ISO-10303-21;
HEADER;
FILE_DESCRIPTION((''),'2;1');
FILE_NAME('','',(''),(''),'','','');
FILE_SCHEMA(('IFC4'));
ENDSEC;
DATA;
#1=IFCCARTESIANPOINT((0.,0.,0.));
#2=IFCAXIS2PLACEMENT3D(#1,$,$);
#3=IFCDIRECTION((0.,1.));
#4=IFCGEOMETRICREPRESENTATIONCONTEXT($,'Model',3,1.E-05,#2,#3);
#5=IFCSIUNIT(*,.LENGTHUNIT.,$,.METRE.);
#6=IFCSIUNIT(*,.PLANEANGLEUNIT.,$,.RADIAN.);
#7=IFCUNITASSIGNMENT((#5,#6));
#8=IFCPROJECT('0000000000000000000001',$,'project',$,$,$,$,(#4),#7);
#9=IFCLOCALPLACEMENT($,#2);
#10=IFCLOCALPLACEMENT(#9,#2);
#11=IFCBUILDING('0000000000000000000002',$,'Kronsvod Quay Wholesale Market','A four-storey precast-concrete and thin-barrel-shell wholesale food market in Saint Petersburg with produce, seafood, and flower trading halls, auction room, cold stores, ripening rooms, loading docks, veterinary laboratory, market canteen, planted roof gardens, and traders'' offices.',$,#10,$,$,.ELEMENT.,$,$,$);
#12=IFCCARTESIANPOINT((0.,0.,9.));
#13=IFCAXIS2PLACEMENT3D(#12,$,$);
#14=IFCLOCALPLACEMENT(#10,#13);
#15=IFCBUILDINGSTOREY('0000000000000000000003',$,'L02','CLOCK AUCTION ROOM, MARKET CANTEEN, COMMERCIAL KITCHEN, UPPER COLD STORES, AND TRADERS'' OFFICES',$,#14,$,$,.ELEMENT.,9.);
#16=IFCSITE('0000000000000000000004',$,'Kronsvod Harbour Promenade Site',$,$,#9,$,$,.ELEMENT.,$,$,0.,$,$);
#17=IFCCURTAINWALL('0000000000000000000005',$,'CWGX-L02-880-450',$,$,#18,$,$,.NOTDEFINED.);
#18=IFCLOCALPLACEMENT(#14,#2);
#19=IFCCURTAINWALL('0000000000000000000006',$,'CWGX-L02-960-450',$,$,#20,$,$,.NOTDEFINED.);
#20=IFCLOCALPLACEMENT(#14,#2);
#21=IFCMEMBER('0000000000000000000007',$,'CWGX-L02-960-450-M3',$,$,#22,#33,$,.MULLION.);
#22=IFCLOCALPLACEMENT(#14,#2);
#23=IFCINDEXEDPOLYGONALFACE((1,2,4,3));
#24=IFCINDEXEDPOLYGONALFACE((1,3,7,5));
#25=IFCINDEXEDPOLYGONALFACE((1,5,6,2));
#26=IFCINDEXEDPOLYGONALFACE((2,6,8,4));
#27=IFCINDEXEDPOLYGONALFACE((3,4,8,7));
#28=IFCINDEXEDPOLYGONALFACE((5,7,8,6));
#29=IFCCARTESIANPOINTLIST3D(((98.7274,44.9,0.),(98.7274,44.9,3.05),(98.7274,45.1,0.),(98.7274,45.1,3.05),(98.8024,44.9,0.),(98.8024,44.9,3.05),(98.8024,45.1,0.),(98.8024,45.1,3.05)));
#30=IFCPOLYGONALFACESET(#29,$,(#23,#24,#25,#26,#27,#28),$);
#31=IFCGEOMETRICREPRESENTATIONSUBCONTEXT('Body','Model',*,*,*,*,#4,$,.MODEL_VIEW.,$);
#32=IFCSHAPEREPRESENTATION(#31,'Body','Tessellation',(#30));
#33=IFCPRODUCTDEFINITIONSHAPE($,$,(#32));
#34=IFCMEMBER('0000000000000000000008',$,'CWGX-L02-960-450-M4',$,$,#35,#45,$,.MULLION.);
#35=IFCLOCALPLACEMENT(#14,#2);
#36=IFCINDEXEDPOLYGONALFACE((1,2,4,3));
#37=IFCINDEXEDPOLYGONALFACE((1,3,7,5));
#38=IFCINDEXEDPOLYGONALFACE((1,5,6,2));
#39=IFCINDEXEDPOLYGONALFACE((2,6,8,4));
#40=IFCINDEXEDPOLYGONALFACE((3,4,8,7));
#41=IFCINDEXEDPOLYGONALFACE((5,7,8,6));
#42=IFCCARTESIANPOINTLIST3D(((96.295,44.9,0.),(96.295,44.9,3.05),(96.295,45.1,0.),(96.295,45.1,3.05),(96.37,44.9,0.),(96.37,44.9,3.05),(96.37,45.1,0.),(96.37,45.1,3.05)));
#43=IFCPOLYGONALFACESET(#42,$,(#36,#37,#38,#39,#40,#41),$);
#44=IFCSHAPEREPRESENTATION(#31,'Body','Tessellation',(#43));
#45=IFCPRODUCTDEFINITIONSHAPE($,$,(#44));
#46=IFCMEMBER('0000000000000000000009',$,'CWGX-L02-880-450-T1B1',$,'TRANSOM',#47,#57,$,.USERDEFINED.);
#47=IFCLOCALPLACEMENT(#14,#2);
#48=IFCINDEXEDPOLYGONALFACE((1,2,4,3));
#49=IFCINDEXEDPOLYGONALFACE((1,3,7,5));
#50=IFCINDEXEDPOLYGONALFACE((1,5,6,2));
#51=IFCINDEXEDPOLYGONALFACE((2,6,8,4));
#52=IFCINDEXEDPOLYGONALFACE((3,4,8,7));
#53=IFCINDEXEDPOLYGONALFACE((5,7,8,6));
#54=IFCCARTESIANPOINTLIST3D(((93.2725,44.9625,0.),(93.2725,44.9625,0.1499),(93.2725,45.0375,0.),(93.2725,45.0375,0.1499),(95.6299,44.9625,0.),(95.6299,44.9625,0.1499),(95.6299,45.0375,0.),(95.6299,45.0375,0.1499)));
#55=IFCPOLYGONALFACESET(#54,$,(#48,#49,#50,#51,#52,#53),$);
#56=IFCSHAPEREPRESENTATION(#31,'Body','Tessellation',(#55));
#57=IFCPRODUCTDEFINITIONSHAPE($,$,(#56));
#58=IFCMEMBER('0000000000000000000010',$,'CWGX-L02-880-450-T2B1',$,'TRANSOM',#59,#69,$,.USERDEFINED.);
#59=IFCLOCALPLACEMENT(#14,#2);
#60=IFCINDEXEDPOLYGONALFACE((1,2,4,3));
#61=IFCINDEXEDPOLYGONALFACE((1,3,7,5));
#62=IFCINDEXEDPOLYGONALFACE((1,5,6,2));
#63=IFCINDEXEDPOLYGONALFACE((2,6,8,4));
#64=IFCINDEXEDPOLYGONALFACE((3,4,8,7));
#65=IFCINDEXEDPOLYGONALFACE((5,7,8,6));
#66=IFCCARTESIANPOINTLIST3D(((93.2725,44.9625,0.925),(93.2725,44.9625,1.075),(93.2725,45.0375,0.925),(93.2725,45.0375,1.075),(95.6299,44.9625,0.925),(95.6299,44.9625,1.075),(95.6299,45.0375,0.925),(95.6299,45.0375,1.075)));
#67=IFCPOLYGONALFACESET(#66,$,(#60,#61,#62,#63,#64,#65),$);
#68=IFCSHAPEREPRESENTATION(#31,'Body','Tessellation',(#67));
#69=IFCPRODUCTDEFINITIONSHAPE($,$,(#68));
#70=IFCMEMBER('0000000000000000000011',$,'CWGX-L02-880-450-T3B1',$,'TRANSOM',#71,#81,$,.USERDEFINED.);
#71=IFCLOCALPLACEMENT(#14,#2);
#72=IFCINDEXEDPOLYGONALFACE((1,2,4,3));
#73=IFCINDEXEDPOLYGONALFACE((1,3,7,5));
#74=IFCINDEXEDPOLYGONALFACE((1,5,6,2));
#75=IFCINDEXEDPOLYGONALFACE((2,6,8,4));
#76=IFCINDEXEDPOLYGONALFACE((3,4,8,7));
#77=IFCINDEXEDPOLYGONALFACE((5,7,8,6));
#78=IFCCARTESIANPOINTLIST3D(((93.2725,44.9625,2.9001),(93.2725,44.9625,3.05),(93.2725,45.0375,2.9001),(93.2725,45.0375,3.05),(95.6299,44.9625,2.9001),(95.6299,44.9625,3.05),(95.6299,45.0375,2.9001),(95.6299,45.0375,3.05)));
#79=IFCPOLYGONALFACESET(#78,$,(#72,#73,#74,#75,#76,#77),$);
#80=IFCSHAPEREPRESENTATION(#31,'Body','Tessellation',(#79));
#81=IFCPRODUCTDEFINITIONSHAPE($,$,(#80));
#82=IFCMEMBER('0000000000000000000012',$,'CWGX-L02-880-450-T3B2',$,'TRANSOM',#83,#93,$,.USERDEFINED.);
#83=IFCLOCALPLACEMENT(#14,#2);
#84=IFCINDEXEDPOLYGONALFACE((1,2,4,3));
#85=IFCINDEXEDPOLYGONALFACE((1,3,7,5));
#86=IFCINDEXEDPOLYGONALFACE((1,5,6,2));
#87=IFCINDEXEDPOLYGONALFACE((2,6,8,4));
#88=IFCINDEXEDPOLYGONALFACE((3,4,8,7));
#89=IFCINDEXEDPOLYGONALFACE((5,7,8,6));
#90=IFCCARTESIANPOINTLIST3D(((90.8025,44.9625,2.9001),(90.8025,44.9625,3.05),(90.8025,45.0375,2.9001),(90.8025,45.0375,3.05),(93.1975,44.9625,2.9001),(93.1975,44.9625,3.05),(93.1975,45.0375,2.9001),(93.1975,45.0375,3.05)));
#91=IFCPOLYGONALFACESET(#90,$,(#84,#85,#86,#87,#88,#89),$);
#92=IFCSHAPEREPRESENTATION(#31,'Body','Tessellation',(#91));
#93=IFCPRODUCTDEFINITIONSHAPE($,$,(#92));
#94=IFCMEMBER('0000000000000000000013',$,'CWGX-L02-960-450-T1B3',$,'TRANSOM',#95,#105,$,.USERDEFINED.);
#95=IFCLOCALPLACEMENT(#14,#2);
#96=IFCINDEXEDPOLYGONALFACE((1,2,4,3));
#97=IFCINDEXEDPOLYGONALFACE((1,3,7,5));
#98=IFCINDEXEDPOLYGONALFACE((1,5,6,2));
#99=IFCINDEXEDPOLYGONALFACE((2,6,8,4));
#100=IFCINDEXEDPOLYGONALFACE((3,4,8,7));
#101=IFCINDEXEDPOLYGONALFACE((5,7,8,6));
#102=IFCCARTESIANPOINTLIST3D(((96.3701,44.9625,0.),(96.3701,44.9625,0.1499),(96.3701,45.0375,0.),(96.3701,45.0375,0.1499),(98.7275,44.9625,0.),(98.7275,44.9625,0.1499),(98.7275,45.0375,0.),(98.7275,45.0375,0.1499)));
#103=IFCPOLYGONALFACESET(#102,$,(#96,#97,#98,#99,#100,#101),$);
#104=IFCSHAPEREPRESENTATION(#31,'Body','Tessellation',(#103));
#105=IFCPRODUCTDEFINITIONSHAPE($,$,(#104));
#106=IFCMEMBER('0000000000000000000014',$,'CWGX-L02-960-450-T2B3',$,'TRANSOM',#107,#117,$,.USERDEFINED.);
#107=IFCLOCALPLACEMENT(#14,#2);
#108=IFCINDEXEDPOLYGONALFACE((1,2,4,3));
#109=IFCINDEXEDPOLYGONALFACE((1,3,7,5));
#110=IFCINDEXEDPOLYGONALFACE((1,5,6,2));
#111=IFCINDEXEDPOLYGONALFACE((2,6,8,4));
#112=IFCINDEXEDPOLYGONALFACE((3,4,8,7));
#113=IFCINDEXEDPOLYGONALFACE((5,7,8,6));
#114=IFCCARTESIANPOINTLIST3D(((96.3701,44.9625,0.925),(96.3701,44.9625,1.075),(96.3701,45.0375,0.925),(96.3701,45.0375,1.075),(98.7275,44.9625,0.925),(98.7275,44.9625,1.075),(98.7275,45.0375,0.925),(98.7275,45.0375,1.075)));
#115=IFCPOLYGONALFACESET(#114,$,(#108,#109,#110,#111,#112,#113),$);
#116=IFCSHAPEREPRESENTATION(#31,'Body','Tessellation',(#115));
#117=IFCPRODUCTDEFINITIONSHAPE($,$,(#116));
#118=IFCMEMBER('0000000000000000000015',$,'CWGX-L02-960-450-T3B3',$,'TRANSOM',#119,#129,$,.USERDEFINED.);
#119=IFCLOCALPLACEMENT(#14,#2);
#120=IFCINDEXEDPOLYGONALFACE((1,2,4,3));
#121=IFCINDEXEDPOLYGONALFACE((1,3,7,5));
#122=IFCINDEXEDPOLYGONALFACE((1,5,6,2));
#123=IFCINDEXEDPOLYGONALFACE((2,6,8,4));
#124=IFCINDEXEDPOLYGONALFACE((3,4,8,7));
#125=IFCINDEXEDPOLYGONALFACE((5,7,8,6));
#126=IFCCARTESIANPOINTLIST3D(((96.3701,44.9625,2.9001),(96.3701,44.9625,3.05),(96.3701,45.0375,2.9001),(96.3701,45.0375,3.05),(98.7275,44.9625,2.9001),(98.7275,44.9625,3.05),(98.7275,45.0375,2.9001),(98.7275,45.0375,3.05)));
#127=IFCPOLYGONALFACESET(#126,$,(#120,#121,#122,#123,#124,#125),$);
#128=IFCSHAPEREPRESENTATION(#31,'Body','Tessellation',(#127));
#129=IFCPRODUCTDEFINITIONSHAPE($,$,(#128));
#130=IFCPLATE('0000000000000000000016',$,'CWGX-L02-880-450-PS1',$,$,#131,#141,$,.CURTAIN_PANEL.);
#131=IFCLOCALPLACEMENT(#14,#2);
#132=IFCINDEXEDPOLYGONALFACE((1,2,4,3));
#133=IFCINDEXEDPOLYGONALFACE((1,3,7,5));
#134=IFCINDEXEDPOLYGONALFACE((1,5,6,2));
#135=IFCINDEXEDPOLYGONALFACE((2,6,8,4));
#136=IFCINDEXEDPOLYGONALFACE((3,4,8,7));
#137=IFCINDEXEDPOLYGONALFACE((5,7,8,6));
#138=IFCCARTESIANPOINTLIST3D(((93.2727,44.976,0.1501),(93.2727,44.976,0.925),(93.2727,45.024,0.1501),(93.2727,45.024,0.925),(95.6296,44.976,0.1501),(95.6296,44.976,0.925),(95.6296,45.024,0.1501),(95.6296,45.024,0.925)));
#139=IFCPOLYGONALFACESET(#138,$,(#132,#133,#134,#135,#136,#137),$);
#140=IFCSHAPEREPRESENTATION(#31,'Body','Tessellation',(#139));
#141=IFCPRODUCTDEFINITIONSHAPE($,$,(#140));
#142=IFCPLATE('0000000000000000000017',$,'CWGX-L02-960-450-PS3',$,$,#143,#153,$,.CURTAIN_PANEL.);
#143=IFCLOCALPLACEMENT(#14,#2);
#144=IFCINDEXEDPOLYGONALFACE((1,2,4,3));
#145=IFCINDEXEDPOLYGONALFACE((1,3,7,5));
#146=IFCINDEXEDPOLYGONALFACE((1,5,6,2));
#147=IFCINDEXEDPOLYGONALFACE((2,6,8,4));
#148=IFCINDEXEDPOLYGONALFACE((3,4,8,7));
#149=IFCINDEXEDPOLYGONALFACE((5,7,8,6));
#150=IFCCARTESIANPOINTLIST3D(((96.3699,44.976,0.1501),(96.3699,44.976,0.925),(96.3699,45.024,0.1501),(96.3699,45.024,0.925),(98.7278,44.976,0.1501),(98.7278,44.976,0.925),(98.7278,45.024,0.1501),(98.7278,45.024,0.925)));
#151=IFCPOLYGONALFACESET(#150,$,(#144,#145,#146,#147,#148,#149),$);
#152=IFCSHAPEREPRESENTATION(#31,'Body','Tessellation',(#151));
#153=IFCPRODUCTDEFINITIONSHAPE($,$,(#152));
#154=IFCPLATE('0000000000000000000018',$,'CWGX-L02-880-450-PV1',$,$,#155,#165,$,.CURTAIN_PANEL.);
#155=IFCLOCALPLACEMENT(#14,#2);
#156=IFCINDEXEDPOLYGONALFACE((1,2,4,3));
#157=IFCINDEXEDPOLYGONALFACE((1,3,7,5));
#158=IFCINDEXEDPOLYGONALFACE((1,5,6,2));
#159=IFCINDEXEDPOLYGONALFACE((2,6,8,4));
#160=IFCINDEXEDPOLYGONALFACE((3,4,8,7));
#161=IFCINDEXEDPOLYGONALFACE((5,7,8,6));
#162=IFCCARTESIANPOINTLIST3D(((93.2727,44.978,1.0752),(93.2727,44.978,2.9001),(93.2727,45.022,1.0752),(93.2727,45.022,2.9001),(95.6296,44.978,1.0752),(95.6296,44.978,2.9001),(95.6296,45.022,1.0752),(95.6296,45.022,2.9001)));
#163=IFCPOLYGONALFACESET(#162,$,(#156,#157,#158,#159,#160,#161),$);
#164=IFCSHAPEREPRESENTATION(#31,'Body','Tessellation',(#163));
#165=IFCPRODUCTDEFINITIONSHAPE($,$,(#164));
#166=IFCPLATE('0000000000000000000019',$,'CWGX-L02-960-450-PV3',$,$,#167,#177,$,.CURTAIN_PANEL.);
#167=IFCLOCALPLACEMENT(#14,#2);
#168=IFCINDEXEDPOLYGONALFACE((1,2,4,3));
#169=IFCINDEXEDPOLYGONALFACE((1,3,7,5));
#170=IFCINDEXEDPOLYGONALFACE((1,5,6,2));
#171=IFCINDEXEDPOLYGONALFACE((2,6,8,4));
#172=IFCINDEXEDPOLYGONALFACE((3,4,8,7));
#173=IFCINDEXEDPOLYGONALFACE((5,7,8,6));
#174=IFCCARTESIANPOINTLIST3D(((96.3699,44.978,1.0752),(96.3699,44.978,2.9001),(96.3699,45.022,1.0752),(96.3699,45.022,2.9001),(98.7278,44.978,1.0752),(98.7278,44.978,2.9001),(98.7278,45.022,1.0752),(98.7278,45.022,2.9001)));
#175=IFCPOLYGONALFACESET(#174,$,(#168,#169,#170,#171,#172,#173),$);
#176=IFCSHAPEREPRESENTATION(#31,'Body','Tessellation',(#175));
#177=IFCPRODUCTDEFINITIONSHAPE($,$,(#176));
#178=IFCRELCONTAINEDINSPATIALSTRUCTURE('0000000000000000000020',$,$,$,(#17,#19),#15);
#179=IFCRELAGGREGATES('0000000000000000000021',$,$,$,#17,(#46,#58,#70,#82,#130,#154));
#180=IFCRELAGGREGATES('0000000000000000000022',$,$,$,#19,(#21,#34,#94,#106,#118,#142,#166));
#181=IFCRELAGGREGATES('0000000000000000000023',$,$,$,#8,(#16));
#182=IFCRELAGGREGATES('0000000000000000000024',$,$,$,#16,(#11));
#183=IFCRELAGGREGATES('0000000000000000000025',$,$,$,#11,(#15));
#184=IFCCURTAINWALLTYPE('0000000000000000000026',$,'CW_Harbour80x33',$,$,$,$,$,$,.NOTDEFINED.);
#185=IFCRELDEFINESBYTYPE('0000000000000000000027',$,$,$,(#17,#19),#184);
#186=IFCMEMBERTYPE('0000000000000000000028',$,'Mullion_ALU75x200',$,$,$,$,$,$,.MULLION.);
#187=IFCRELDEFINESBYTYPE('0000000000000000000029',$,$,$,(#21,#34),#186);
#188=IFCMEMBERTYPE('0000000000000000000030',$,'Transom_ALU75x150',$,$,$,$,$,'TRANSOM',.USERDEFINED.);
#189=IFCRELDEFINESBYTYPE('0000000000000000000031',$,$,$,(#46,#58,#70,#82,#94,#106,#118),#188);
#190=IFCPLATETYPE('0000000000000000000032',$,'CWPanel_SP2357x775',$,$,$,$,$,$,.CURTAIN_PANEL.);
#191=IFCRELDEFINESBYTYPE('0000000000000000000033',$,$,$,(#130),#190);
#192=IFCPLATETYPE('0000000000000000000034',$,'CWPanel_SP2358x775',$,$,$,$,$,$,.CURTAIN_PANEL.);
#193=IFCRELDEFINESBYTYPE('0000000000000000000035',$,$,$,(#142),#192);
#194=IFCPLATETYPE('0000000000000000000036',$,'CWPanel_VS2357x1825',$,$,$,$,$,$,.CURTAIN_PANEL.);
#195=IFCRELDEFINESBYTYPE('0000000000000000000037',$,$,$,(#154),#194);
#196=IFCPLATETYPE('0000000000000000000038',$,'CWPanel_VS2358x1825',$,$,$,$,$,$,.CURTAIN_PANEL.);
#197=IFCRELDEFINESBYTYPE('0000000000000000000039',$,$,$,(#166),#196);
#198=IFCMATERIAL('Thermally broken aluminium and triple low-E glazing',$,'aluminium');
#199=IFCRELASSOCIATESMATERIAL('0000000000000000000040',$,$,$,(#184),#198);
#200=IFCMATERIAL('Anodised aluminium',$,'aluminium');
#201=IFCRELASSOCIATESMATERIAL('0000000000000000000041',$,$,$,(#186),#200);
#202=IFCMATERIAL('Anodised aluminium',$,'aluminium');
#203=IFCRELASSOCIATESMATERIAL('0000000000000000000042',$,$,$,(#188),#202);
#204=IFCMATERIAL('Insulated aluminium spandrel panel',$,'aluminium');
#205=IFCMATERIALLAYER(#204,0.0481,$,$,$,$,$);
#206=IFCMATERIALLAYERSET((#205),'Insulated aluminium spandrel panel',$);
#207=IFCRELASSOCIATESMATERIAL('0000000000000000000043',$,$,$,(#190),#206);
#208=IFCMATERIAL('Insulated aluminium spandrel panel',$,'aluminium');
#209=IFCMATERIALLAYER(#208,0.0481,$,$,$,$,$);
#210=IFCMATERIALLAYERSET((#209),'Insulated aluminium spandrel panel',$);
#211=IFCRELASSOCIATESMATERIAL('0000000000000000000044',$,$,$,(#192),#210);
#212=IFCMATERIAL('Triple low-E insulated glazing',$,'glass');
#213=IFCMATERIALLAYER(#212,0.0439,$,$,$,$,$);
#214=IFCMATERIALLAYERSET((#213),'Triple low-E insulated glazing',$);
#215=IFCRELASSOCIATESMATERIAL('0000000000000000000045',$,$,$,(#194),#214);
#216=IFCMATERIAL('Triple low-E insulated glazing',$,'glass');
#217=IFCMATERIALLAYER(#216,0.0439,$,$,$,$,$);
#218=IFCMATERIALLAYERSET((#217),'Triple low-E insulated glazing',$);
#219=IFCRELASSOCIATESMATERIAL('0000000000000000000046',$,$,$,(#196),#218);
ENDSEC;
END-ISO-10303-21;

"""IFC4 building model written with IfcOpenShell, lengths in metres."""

from ifc_helpers import new_model, si_unit, direction, frame, origin, origin_2d, place, context, subcontext, project, spatial, rectangle, extrude, material, layer, layer_set, material_profile, profile_set, type_object, element, aggregate, save


model = new_model("IFC4")

# Units and contexts
model_context = context("Model", 3, precision=1e-05, world=origin(), true_north=direction((0.0, 1.0)))
body_context = subcontext(model_context, "Body", "Model", "MODEL_VIEW")
ifc_project = project(units=[si_unit("LENGTHUNIT", "METRE"), si_unit("PLANEANGLEUNIT", "RADIAN")], contexts=[model_context])

# Site, building, storey
site_placement = place(None, origin())
site = spatial("IfcSite", under=ifc_project, at=site_placement, Name="Kronsvod Harbour Promenade Site", CompositionType="ELEMENT", RefElevation=0.0)
building_placement = place(site_placement, origin())
building = spatial("IfcBuilding", under=site, at=building_placement, Name="Kronsvod Quay Wholesale Market", Description="A four-storey precast-concrete and thin-barrel-shell wholesale food market in Saint Petersburg with produce, seafood, and flower trading halls, auction room, cold stores, ripening rooms, loading docks, veterinary laboratory, market canteen, planted roof gardens, and traders' offices.", CompositionType="ELEMENT")
storey_placement = place(building_placement, frame((0.0, 0.0, 9.0)))
storey = spatial("IfcBuildingStorey", under=building, at=storey_placement, Name="L02", Description="CLOCK AUCTION ROOM, MARKET CANTEEN, COMMERCIAL KITCHEN, UPPER COLD STORES, AND TRADERS' OFFICES", CompositionType="ELEMENT", Elevation=9.0)

# Curtain walls, members
ifc_material_1 = material(Name="Thermally broken aluminium and triple low-E glazing", Category="aluminium")
curtain_wall_type = type_object("IfcCurtainWallType", Name="CW_Harbour80x33", PredefinedType="NOTDEFINED", material=ifc_material_1)
curtain_wall_1_placement = place(storey_placement, origin())
curtain_wall_1 = element("IfcCurtainWall", 1, at=curtain_wall_1_placement, inside=storey, type_object=curtain_wall_type, Name="CWGX-L02-880-450", PredefinedType="NOTDEFINED")
ifc_material_2 = material(Name="Anodised aluminium", Category="aluminium")
ifc_material_profile_1 = material_profile(ifc_material_2, rectangle(XDim=0.075, YDim=0.2, at=origin_2d()), Name="ALUM75x200")
ifc_profile_set_1 = profile_set([ifc_material_profile_1], Name="Anodised aluminium")
member_type_1 = type_object("IfcMemberType", Name="Mullion_ALU75x200", PredefinedType="MULLION", material=ifc_profile_set_1)
curtain_wall_2_placement = place(storey_placement, origin())
curtain_wall_2 = element("IfcCurtainWall", 2, at=curtain_wall_2_placement, inside=storey, type_object=curtain_wall_type, Name="CWGX-L02-960-450", PredefinedType="NOTDEFINED")
member_1_placement = place(storey_placement, frame((98.7649, 45.0, 0.0), z_axis=(0.0, 0.0, 1.0), x_axis=(1.0, 0.0, 0.0)))
member_1 = element("IfcMember", 3, at=member_1_placement, type_object=member_type_1, Name="CWGX-L02-960-450-M3", PredefinedType="MULLION", context=body_context, shape_type="SweptSolid", body=[
    extrude(rectangle(XDim=0.075, YDim=0.2, at=origin_2d()), origin(), (0.0, 0.0, 1.0), 3.05),
])
member_2_placement = place(storey_placement, frame((96.3325, 45.0, 0.0), z_axis=(0.0, 0.0, 1.0), x_axis=(1.0, 0.0, 0.0)))
member_2 = element("IfcMember", 4, at=member_2_placement, type_object=member_type_1, Name="CWGX-L02-960-450-M4", PredefinedType="MULLION", context=body_context, shape_type="SweptSolid", body=[
    extrude(rectangle(XDim=0.075, YDim=0.2, at=origin_2d()), origin(), (0.0, 0.0, 1.0), 3.05),
])

# Members
ifc_material_3 = material(Name="Anodised aluminium", Category="aluminium")
ifc_material_profile_2 = material_profile(ifc_material_3, rectangle(XDim=0.075, YDim=0.1499, at=origin_2d()), Name="ALUT75x150")
ifc_profile_set_2 = profile_set([ifc_material_profile_2], Name="Anodised aluminium")
member_type_2 = type_object("IfcMemberType", Name="Transom_ALU75x150", ElementType="TRANSOM", PredefinedType="USERDEFINED", material=ifc_profile_set_2)
member_3_placement = place(storey_placement, frame((95.6299, 45.0, 0.075), z_axis=(-1.0, 0.0, 0.0), x_axis=(0.0, -1.0, 0.0)))
member_3 = element("IfcMember", 5, at=member_3_placement, type_object=member_type_2, Name="CWGX-L02-880-450-T1B1", ObjectType="TRANSOM", PredefinedType="USERDEFINED", context=body_context, shape_type="SweptSolid", body=[
    extrude(rectangle(XDim=0.075, YDim=0.1499, at=origin_2d()), origin(), (0.0, 0.0, 1.0), 2.3574),
])
member_4_placement = place(storey_placement, frame((95.6299, 45.0, 1.0), z_axis=(-1.0, 0.0, 0.0), x_axis=(0.0, -1.0, 0.0)))
member_4 = element("IfcMember", 6, at=member_4_placement, type_object=member_type_2, Name="CWGX-L02-880-450-T2B1", ObjectType="TRANSOM", PredefinedType="USERDEFINED", context=body_context, shape_type="SweptSolid", body=[
    extrude(rectangle(XDim=0.075, YDim=0.1499, at=origin_2d()), origin(), (0.0, 0.0, 1.0), 2.3574),
])
member_5_placement = place(storey_placement, frame((95.6299, 45.0, 2.9751), z_axis=(-1.0, 0.0, 0.0), x_axis=(0.0, -1.0, 0.0)))
member_5 = element("IfcMember", 7, at=member_5_placement, type_object=member_type_2, Name="CWGX-L02-880-450-T3B1", ObjectType="TRANSOM", PredefinedType="USERDEFINED", context=body_context, shape_type="SweptSolid", body=[
    extrude(rectangle(XDim=0.075, YDim=0.1499, at=origin_2d()), origin(), (0.0, 0.0, 1.0), 2.3574),
])
member_6_placement = place(storey_placement, frame((93.1975, 45.0, 2.9751), z_axis=(-1.0, 0.0, 0.0), x_axis=(0.0, -1.0, 0.0)))
member_6 = element("IfcMember", 8, at=member_6_placement, type_object=member_type_2, Name="CWGX-L02-880-450-T3B2", ObjectType="TRANSOM", PredefinedType="USERDEFINED", context=body_context, shape_type="SweptSolid", body=[
    extrude(rectangle(XDim=0.075, YDim=0.1499, at=origin_2d()), origin(), (0.0, 0.0, 1.0), 2.395),
])
member_7_placement = place(storey_placement, frame((98.7275, 45.0, 0.075), z_axis=(-1.0, 0.0, 0.0), x_axis=(0.0, -1.0, 0.0)))
member_7 = element("IfcMember", 9, at=member_7_placement, type_object=member_type_2, Name="CWGX-L02-960-450-T1B3", ObjectType="TRANSOM", PredefinedType="USERDEFINED", context=body_context, shape_type="SweptSolid", body=[
    extrude(rectangle(XDim=0.075, YDim=0.1499, at=origin_2d()), origin(), (0.0, 0.0, 1.0), 2.3574),
])
member_8_placement = place(storey_placement, frame((98.7275, 45.0, 1.0), z_axis=(-1.0, 0.0, 0.0), x_axis=(0.0, -1.0, 0.0)))
member_8 = element("IfcMember", 10, at=member_8_placement, type_object=member_type_2, Name="CWGX-L02-960-450-T2B3", ObjectType="TRANSOM", PredefinedType="USERDEFINED", context=body_context, shape_type="SweptSolid", body=[
    extrude(rectangle(XDim=0.075, YDim=0.1499, at=origin_2d()), origin(), (0.0, 0.0, 1.0), 2.3574),
])
member_9_placement = place(storey_placement, frame((98.7275, 45.0, 2.9751), z_axis=(-1.0, 0.0, 0.0), x_axis=(0.0, -1.0, 0.0)))
member_9 = element("IfcMember", 11, at=member_9_placement, type_object=member_type_2, Name="CWGX-L02-960-450-T3B3", ObjectType="TRANSOM", PredefinedType="USERDEFINED", context=body_context, shape_type="SweptSolid", body=[
    extrude(rectangle(XDim=0.075, YDim=0.1499, at=origin_2d()), origin(), (0.0, 0.0, 1.0), 2.3574),
])

# Plates
ifc_material_4 = material(Name="Insulated aluminium spandrel panel", Category="aluminium")
ifc_layer_1 = layer(ifc_material_4, 0.0481)
ifc_layer_set_1 = layer_set([ifc_layer_1], Name="Insulated aluminium spandrel panel")
plate_type_1 = type_object("IfcPlateType", Name="CWPanel_SP2357x775", PredefinedType="CURTAIN_PANEL", material=ifc_layer_set_1)
plate_1_placement = place(storey_placement, frame((94.4512, 45.0, 0.1501), z_axis=(0.0, 0.0, 1.0), x_axis=(-1.0, 0.0, 0.0)))
plate_1 = element("IfcPlate", 12, at=plate_1_placement, type_object=plate_type_1, Name="CWGX-L02-880-450-PS1", PredefinedType="CURTAIN_PANEL", context=body_context, shape_type="SweptSolid", body=[
    extrude(rectangle(XDim=2.3569, YDim=0.0481, at=origin_2d()), origin(), (0.0, 0.0, 1.0), 0.7749),
])
ifc_material_5 = material(Name="Insulated aluminium spandrel panel", Category="aluminium")
ifc_layer_2 = layer(ifc_material_5, 0.0481)
ifc_layer_set_2 = layer_set([ifc_layer_2], Name="Insulated aluminium spandrel panel")
plate_type_2 = type_object("IfcPlateType", Name="CWPanel_SP2358x775", PredefinedType="CURTAIN_PANEL", material=ifc_layer_set_2)
plate_2_placement = place(storey_placement, frame((97.5488, 45.0, 0.1501), z_axis=(0.0, 0.0, 1.0), x_axis=(-1.0, 0.0, 0.0)))
plate_2 = element("IfcPlate", 13, at=plate_2_placement, type_object=plate_type_2, Name="CWGX-L02-960-450-PS3", PredefinedType="CURTAIN_PANEL", context=body_context, shape_type="SweptSolid", body=[
    extrude(rectangle(XDim=2.3579, YDim=0.0481, at=origin_2d()), origin(), (0.0, 0.0, 1.0), 0.7749),
])
ifc_material_6 = material(Name="Triple low-E insulated glazing", Category="glass")
ifc_layer_3 = layer(ifc_material_6, 0.0439)
ifc_layer_set_3 = layer_set([ifc_layer_3], Name="Triple low-E insulated glazing")
plate_type_3 = type_object("IfcPlateType", Name="CWPanel_VS2357x1825", PredefinedType="CURTAIN_PANEL", material=ifc_layer_set_3)
plate_3_placement = place(storey_placement, frame((94.4512, 45.0, 1.0752), z_axis=(0.0, 0.0, 1.0), x_axis=(-1.0, 0.0, 0.0)))
plate_3 = element("IfcPlate", 14, at=plate_3_placement, type_object=plate_type_3, Name="CWGX-L02-880-450-PV1", PredefinedType="CURTAIN_PANEL", context=body_context, shape_type="SweptSolid", body=[
    extrude(rectangle(XDim=2.3569, YDim=0.0439, at=origin_2d()), origin(), (0.0, 0.0, 1.0), 1.825),
])
aggregate(curtain_wall_1, [member_3, member_4, member_5, member_6, plate_1, plate_3])
ifc_material_7 = material(Name="Triple low-E insulated glazing", Category="glass")
ifc_layer_4 = layer(ifc_material_7, 0.0439)
ifc_layer_set_4 = layer_set([ifc_layer_4], Name="Triple low-E insulated glazing")
plate_type_4 = type_object("IfcPlateType", Name="CWPanel_VS2358x1825", PredefinedType="CURTAIN_PANEL", material=ifc_layer_set_4)
plate_4_placement = place(storey_placement, frame((97.5488, 45.0, 1.0752), z_axis=(0.0, 0.0, 1.0), x_axis=(-1.0, 0.0, 0.0)))
plate_4 = element("IfcPlate", 15, at=plate_4_placement, type_object=plate_type_4, Name="CWGX-L02-960-450-PV3", PredefinedType="CURTAIN_PANEL", context=body_context, shape_type="SweptSolid", body=[
    extrude(rectangle(XDim=2.3579, YDim=0.0439, at=origin_2d()), origin(), (0.0, 0.0, 1.0), 1.825),
])
aggregate(curtain_wall_2, [member_1, member_2, member_7, member_8, member_9, plate_2, plate_4])

save(model, "model.ifc")
